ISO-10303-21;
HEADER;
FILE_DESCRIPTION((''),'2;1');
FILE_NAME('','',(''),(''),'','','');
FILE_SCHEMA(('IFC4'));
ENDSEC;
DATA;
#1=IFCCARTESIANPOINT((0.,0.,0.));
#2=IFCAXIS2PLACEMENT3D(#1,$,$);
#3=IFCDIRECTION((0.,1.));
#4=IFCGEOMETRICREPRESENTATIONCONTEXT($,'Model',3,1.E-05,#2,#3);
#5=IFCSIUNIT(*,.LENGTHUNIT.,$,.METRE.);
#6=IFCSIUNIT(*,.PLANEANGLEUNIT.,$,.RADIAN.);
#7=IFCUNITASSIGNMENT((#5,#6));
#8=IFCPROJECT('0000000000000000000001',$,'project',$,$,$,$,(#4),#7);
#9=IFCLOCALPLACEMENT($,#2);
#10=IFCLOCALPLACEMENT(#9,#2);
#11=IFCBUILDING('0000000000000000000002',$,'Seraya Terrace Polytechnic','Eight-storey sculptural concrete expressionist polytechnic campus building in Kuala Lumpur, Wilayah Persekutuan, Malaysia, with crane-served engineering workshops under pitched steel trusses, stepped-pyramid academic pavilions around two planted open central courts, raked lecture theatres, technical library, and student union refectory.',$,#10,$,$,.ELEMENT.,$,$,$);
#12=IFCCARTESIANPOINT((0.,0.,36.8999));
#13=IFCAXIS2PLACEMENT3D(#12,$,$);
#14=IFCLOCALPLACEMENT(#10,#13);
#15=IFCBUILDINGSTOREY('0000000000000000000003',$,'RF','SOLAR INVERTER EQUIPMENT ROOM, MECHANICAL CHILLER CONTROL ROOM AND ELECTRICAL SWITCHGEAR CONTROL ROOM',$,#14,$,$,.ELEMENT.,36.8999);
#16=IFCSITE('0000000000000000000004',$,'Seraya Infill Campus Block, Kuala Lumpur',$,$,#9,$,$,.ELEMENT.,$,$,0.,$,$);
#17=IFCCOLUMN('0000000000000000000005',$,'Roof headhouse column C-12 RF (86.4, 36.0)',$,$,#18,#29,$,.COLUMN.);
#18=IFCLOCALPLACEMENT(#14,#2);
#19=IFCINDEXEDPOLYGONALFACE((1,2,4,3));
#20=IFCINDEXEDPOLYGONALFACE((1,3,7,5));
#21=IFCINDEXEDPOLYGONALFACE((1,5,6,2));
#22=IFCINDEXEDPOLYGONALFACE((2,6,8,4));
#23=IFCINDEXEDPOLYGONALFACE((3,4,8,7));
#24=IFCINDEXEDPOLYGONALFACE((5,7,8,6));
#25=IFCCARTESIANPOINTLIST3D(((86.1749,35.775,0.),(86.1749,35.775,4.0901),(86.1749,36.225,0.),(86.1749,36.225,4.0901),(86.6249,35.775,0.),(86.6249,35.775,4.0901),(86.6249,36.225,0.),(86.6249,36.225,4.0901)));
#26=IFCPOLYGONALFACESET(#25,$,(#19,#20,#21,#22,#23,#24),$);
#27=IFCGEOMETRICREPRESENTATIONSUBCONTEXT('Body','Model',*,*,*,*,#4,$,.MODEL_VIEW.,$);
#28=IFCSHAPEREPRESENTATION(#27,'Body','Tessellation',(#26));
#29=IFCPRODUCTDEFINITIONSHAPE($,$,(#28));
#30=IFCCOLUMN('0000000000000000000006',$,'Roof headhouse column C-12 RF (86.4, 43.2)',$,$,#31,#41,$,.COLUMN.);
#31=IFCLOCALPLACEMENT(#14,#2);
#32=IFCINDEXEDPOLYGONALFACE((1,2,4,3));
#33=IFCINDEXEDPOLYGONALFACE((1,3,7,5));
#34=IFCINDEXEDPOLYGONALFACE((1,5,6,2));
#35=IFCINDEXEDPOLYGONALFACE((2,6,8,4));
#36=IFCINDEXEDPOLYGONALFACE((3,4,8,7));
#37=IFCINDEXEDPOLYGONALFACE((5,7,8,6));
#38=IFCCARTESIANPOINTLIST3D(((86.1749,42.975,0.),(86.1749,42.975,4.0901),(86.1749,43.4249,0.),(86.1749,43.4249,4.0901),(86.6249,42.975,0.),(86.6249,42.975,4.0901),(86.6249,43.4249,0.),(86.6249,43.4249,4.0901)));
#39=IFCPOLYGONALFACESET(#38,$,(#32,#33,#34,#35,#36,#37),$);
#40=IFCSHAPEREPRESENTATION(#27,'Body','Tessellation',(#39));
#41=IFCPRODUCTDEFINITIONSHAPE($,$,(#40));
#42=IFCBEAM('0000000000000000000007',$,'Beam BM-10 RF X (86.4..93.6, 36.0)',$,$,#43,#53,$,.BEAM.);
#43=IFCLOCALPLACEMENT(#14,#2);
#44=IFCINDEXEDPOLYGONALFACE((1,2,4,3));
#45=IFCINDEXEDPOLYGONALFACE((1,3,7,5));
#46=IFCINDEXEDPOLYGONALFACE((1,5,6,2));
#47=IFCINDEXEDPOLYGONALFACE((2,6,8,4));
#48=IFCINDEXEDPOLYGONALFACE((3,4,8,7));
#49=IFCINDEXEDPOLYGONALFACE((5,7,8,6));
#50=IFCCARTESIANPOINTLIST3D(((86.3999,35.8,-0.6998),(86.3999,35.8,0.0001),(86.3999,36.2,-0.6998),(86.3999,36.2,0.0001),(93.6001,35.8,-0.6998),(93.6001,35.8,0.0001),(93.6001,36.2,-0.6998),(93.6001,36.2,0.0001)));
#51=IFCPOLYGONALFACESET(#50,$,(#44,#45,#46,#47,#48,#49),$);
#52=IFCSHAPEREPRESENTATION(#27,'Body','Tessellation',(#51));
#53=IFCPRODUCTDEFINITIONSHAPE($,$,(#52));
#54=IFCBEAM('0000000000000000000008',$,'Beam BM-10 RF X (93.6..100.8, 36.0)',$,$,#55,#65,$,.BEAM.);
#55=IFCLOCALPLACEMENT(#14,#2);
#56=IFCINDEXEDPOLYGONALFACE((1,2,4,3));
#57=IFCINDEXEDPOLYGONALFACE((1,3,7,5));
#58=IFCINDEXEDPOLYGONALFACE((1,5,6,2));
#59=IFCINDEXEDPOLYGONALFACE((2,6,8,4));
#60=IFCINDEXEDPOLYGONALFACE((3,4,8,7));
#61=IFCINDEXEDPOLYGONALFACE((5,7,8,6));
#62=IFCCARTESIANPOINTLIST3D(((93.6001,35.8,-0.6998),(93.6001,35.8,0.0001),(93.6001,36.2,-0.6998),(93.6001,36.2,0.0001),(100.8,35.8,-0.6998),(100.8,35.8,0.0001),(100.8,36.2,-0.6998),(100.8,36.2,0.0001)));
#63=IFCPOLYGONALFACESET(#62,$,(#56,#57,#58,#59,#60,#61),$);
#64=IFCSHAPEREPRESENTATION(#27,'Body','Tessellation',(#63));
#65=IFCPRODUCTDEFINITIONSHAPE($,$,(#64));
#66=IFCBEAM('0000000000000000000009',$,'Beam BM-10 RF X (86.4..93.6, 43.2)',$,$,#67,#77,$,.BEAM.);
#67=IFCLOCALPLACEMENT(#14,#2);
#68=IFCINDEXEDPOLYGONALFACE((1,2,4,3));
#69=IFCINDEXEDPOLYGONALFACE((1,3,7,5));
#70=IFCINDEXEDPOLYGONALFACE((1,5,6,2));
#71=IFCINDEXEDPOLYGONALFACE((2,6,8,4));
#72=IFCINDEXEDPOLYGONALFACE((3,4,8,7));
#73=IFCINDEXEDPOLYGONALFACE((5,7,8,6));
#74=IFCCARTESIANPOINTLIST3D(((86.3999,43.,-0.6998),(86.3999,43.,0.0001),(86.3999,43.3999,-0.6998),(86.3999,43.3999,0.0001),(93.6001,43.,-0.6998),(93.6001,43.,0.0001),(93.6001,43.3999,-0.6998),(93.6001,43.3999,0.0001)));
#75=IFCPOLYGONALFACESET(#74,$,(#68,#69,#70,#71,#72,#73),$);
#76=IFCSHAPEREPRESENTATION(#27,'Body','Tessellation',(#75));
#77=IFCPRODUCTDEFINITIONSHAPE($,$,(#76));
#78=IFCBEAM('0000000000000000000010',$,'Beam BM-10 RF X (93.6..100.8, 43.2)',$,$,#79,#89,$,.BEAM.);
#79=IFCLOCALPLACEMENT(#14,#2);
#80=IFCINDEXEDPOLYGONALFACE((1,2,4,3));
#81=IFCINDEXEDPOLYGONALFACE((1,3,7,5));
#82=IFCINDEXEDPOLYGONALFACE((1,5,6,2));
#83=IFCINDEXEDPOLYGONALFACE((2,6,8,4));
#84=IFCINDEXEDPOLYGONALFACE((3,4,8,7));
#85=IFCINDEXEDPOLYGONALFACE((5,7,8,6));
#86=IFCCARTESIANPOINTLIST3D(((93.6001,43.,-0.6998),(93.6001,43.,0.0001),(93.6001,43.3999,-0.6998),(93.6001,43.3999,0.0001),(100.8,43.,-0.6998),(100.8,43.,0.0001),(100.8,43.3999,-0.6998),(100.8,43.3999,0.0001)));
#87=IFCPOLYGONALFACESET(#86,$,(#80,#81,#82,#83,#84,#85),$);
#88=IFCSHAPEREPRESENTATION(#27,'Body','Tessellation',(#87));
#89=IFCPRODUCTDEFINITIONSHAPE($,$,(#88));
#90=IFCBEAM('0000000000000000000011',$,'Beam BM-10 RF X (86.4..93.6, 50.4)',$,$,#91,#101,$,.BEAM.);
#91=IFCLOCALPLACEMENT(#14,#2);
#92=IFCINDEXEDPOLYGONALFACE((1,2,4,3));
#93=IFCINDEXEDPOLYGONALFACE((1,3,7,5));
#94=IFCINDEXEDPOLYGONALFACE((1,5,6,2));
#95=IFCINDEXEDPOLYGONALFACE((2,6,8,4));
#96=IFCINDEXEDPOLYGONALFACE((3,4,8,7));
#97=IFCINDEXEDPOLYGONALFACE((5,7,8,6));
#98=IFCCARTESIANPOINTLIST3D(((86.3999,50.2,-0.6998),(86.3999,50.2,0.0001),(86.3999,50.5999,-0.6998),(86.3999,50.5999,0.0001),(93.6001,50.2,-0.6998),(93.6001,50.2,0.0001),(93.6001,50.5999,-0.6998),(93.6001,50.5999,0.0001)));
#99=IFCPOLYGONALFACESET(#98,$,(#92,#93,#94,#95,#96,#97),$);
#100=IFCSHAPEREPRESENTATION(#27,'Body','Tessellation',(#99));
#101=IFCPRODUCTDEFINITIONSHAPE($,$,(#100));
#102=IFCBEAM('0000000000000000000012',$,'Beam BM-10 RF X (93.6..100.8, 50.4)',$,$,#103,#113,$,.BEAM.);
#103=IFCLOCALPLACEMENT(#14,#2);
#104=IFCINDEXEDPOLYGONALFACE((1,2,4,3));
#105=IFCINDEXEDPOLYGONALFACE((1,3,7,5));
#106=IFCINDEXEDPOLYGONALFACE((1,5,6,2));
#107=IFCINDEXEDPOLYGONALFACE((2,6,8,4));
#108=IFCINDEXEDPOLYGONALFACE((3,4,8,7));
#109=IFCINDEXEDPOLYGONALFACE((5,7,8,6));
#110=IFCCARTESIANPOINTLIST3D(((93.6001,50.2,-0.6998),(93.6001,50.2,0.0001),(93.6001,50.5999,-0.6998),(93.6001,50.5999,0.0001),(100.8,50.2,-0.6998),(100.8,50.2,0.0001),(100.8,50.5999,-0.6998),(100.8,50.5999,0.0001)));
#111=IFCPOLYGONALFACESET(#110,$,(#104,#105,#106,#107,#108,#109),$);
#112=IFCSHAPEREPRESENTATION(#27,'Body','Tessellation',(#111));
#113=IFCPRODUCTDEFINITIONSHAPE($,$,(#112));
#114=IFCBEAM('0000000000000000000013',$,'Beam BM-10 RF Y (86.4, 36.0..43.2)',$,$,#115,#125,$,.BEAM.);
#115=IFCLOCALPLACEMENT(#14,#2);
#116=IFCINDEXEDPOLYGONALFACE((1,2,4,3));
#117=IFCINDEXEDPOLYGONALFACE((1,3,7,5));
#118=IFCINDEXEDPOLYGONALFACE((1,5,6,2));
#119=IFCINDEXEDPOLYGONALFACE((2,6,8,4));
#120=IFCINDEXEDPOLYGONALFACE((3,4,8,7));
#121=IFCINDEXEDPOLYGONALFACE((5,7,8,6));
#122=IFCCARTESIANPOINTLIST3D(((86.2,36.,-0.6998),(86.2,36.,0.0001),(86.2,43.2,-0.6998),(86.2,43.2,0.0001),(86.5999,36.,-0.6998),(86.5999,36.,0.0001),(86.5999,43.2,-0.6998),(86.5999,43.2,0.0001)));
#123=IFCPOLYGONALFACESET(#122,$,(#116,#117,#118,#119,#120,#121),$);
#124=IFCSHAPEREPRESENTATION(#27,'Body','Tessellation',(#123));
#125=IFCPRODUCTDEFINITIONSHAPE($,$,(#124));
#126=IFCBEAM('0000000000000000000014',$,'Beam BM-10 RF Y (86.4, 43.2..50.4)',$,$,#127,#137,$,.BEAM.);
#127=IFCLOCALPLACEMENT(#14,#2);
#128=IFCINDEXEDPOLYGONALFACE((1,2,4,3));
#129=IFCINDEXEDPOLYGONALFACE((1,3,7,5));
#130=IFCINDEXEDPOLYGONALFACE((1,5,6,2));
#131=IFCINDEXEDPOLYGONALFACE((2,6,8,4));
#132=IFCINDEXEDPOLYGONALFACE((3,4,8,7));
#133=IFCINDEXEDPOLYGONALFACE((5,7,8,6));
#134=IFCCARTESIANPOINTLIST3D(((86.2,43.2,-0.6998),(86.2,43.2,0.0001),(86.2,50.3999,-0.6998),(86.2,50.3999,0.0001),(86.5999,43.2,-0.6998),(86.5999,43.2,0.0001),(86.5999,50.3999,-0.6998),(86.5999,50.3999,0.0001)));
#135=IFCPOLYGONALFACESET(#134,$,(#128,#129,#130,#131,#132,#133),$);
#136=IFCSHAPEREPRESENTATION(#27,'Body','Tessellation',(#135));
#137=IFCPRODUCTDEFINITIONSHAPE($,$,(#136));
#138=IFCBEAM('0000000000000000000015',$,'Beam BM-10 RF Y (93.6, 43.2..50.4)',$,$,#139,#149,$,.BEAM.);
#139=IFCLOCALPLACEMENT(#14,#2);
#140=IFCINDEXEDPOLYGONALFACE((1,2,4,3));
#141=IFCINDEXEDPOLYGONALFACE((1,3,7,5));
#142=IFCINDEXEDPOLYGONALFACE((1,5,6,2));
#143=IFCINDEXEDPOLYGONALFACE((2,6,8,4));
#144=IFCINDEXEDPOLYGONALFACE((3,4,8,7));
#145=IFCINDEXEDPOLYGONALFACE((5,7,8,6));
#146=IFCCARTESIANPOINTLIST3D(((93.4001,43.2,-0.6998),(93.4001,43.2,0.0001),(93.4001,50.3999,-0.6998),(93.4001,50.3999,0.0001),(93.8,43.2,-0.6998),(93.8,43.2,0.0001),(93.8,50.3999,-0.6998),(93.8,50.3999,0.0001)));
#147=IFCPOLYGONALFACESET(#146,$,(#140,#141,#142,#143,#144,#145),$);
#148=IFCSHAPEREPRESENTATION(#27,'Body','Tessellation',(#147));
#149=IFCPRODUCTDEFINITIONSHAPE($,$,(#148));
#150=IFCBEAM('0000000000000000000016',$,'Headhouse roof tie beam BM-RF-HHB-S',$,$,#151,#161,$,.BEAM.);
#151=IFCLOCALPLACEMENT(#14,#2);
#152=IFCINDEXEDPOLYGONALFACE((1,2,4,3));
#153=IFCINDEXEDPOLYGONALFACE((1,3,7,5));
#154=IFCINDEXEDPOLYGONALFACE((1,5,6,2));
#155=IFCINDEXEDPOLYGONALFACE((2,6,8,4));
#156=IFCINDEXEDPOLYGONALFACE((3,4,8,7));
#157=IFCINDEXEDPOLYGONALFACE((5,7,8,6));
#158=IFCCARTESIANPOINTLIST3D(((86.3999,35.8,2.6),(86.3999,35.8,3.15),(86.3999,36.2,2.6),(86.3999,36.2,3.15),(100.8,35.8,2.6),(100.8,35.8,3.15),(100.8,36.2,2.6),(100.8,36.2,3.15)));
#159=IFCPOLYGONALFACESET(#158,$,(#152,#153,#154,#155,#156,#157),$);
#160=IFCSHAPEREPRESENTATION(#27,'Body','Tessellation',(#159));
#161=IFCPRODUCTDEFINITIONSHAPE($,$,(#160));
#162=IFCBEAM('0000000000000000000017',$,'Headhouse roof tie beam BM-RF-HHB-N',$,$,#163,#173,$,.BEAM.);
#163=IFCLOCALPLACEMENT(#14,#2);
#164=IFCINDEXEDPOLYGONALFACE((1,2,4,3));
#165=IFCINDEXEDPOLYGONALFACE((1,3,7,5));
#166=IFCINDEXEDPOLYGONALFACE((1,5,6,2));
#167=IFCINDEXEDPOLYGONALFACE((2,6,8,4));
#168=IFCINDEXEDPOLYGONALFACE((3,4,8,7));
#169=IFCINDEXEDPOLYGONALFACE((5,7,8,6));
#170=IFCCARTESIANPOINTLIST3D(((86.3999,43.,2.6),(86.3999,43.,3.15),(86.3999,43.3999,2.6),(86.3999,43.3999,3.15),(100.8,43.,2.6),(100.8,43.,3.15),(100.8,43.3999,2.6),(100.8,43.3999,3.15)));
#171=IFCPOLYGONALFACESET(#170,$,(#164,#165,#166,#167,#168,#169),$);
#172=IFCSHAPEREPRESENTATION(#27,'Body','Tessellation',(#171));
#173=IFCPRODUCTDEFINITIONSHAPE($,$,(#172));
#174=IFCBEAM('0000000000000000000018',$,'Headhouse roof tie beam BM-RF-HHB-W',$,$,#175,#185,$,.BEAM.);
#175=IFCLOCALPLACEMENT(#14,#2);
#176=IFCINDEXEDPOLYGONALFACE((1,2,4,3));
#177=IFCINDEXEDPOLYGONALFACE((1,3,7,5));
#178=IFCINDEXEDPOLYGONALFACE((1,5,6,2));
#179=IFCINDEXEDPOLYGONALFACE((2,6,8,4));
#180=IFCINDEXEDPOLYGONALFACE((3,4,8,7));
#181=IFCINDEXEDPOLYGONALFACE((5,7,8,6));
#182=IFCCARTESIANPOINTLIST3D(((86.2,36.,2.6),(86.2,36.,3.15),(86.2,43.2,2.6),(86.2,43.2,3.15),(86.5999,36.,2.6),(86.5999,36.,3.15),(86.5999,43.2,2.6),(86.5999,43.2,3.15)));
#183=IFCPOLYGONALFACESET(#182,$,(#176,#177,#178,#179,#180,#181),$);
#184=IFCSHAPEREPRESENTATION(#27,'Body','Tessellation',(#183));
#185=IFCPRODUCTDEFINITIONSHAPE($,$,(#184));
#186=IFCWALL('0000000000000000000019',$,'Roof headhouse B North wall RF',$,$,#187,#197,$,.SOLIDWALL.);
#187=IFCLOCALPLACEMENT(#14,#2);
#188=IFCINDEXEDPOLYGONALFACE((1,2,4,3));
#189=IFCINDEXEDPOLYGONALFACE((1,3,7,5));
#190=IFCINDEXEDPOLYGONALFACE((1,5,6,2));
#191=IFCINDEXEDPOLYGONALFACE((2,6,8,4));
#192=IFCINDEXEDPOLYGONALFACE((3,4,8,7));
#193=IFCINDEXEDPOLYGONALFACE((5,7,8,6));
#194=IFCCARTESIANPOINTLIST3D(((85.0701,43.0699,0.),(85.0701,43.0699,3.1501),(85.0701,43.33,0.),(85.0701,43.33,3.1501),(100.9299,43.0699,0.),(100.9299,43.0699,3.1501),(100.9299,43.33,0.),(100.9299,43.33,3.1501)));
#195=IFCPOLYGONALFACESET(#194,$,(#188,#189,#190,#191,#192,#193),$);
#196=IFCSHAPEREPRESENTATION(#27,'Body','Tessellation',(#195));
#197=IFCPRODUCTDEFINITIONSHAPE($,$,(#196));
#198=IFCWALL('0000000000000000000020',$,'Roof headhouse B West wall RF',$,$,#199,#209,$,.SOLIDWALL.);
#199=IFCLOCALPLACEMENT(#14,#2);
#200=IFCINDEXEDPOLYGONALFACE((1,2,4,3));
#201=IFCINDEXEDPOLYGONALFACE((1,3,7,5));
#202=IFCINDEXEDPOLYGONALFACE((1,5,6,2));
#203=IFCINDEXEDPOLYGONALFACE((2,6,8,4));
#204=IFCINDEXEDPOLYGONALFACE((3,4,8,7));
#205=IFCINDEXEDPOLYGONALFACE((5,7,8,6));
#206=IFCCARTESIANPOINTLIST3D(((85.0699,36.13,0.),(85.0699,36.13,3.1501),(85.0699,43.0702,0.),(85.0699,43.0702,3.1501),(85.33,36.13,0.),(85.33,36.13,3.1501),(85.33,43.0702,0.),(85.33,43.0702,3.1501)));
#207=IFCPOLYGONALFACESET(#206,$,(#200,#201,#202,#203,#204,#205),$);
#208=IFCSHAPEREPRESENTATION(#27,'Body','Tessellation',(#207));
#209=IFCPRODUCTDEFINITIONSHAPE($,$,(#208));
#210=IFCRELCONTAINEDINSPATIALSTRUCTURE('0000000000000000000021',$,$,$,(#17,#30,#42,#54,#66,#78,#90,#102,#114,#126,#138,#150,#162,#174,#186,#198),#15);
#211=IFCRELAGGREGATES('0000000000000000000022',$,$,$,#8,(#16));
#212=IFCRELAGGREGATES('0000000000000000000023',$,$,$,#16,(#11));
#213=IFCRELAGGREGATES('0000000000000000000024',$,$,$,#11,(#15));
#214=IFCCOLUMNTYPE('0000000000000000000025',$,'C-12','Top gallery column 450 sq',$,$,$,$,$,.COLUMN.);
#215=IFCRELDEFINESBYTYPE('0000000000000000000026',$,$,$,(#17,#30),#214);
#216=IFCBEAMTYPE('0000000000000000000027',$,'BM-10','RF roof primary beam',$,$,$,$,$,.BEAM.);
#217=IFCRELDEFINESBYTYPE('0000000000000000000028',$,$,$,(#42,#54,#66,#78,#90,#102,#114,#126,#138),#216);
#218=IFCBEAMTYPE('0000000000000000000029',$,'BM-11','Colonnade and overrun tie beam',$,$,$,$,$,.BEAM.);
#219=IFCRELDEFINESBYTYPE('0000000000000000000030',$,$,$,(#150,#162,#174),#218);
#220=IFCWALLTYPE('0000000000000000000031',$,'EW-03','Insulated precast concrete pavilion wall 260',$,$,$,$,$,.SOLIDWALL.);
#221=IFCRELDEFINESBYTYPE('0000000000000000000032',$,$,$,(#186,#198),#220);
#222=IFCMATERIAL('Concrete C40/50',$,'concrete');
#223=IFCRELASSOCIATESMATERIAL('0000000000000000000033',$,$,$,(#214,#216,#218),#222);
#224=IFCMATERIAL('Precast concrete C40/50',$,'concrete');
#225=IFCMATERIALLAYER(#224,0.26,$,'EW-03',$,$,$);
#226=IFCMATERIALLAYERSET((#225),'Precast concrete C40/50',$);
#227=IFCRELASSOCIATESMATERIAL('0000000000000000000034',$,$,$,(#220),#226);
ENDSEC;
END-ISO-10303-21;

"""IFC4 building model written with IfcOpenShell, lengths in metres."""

from ifc_helpers import new_model, si_unit, direction, frame, frame_2d, origin, origin_2d, place, context, subcontext, project, spatial, rectangle, extrude, material, layer, layer_set, material_profile, profile_set, type_object, element, save


model = new_model("IFC4")

# Units and contexts
model_context = context("Model", 3, precision=1e-05, world=origin(), true_north=direction((0.0, 1.0)))
body_context = subcontext(model_context, "Body", "Model", "MODEL_VIEW")
ifc_project = project(units=[si_unit("LENGTHUNIT", "METRE"), si_unit("PLANEANGLEUNIT", "RADIAN")], contexts=[model_context])

# Site, building, storey
site_placement = place(None, origin())
site = spatial("IfcSite", under=ifc_project, at=site_placement, Name="Seraya Infill Campus Block, Kuala Lumpur", CompositionType="ELEMENT", RefElevation=0.0)
building_placement = place(site_placement, origin())
building = spatial("IfcBuilding", under=site, at=building_placement, Name="Seraya Terrace Polytechnic", Description="Eight-storey sculptural concrete expressionist polytechnic campus building in Kuala Lumpur, Wilayah Persekutuan, Malaysia, with crane-served engineering workshops under pitched steel trusses, stepped-pyramid academic pavilions around two planted open central courts, raked lecture theatres, technical library, and student union refectory.", CompositionType="ELEMENT")
storey_placement = place(building_placement, frame((0.0, 0.0, 36.8999)))
storey = spatial("IfcBuildingStorey", under=building, at=storey_placement, Name="RF", Description="SOLAR INVERTER EQUIPMENT ROOM, MECHANICAL CHILLER CONTROL ROOM AND ELECTRICAL SWITCHGEAR CONTROL ROOM", CompositionType="ELEMENT", Elevation=36.8999)

# Columns
ifc_material_1 = material(Name="Concrete C40/50", Category="concrete")
ifc_material_profile_1 = material_profile(ifc_material_1, rectangle(XDim=0.45, YDim=0.45, at=origin_2d()), Name="RC 450x450")
ifc_profile_set_1 = profile_set([ifc_material_profile_1], Name="Concrete C40/50")
column_type = type_object("IfcColumnType", Name="C-12", Description="Top gallery column 450 sq", PredefinedType="COLUMN", material=ifc_profile_set_1)
for number, where, z_axis, x_axis, name in (
    (1, (86.3999, 36.0, 0.0), (0.0, 0.0, 1.0), (1.0, 0.0, 0.0), "Roof headhouse column C-12 RF (86.4, 36.0)"),
    (2, (86.3999, 43.2, 0.0), (0.0, 0.0, 1.0), (1.0, 0.0, 0.0), "Roof headhouse column C-12 RF (86.4, 43.2)"),
):
    element("IfcColumn", number, at=place(storey_placement, frame(where, z_axis=z_axis, x_axis=x_axis)), inside=storey, type_object=column_type, Name=name, PredefinedType="COLUMN", context=body_context, shape_type="SweptSolid", body=[
        extrude(rectangle(XDim=0.45, YDim=0.45, at=origin_2d()), origin(), (0.0, 0.0, 1.0), 4.0901),
    ])

# Beams
ifc_material_profile_2 = material_profile(ifc_material_1, rectangle(XDim=0.3999, YDim=0.7, at=origin_2d()), Name="RC 400x700")
ifc_profile_set_2 = profile_set([ifc_material_profile_2], Name="Concrete C40/50")
beam_type_1 = type_object("IfcBeamType", Name="BM-10", Description="RF roof primary beam", PredefinedType="BEAM", material=ifc_profile_set_2)
beam_1_placement = place(storey_placement, frame((86.3999, 36.0, -0.3499), z_axis=(1.0, 0.0, 0.0), x_axis=(0.0, 1.0, 0.0)))
element("IfcBeam", 3, at=beam_1_placement, inside=storey, type_object=beam_type_1, Name="Beam BM-10 RF X (86.4..93.6, 36.0)", PredefinedType="BEAM", context=body_context, shape_type="SweptSolid", body=[
    extrude(rectangle(XDim=0.3999, YDim=0.7, at=origin_2d()), origin(), (0.0, 0.0, 1.0), 7.2002),
])
beam_2_placement = place(storey_placement, frame((93.6001, 36.0, -0.3499), z_axis=(1.0, 0.0, 0.0), x_axis=(0.0, 1.0, 0.0)))
element("IfcBeam", 4, at=beam_2_placement, inside=storey, type_object=beam_type_1, Name="Beam BM-10 RF X (93.6..100.8, 36.0)", PredefinedType="BEAM", context=body_context, shape_type="SweptSolid", body=[
    extrude(rectangle(XDim=0.3999, YDim=0.7, at=origin_2d()), origin(), (0.0, 0.0, 1.0), 7.2),
])
beam_3_placement = place(storey_placement, frame((86.3999, 43.2, -0.3499), z_axis=(1.0, 0.0, 0.0), x_axis=(0.0, 1.0, 0.0)))
element("IfcBeam", 5, at=beam_3_placement, inside=storey, type_object=beam_type_1, Name="Beam BM-10 RF X (86.4..93.6, 43.2)", PredefinedType="BEAM", context=body_context, shape_type="SweptSolid", body=[
    extrude(rectangle(XDim=0.3999, YDim=0.7, at=origin_2d()), origin(), (0.0, 0.0, 1.0), 7.2002),
])
beam_4_placement = place(storey_placement, frame((93.6001, 43.2, -0.3499), z_axis=(1.0, 0.0, 0.0), x_axis=(0.0, 1.0, 0.0)))
element("IfcBeam", 6, at=beam_4_placement, inside=storey, type_object=beam_type_1, Name="Beam BM-10 RF X (93.6..100.8, 43.2)", PredefinedType="BEAM", context=body_context, shape_type="SweptSolid", body=[
    extrude(rectangle(XDim=0.3999, YDim=0.7, at=origin_2d()), origin(), (0.0, 0.0, 1.0), 7.2),
])
beam_5_placement = place(storey_placement, frame((86.3999, 50.3999, -0.3499), z_axis=(1.0, 0.0, 0.0), x_axis=(0.0, 1.0, 0.0)))
element("IfcBeam", 7, at=beam_5_placement, inside=storey, type_object=beam_type_1, Name="Beam BM-10 RF X (86.4..93.6, 50.4)", PredefinedType="BEAM", context=body_context, shape_type="SweptSolid", body=[
    extrude(rectangle(XDim=0.3999, YDim=0.7, at=origin_2d()), origin(), (0.0, 0.0, 1.0), 7.2002),
])
for number, where, z_axis, x_axis, name in (
    (8, (93.6001, 50.3999, -0.3499), (1.0, 0.0, 0.0), (0.0, 1.0, 0.0), "Beam BM-10 RF X (93.6..100.8, 50.4)"),
    (9, (86.3999, 36.0, -0.3499), (0.0, 1.0, 0.0), (-1.0, 0.0, 0.0), "Beam BM-10 RF Y (86.4, 36.0..43.2)"),
    (10, (86.3999, 43.2, -0.3499), (0.0, 1.0, 0.0), (-1.0, 0.0, 0.0), "Beam BM-10 RF Y (86.4, 43.2..50.4)"),
    (11, (93.6001, 43.2, -0.3499), (0.0, 1.0, 0.0), (-1.0, 0.0, 0.0), "Beam BM-10 RF Y (93.6, 43.2..50.4)"),
):
    element("IfcBeam", number, at=place(storey_placement, frame(where, z_axis=z_axis, x_axis=x_axis)), inside=storey, type_object=beam_type_1, Name=name, PredefinedType="BEAM", context=body_context, shape_type="SweptSolid", body=[
        extrude(rectangle(XDim=0.3999, YDim=0.7, at=origin_2d()), origin(), (0.0, 0.0, 1.0), 7.2),
    ])
ifc_material_profile_3 = material_profile(ifc_material_1, rectangle(XDim=0.3999, YDim=0.55, at=origin_2d()), Name="RC 400x550")
ifc_profile_set_3 = profile_set([ifc_material_profile_3], Name="Concrete C40/50")
beam_type_2 = type_object("IfcBeamType", Name="BM-11", Description="Colonnade and overrun tie beam", PredefinedType="BEAM", material=ifc_profile_set_3)
for number, where, z_axis, x_axis, name in (
    (12, (86.3999, 36.0, 2.875), (1.0, 0.0, 0.0), (0.0, 1.0, 0.0), "Headhouse roof tie beam BM-RF-HHB-S"),
    (13, (86.3999, 43.2, 2.875), (1.0, 0.0, 0.0), (0.0, 1.0, 0.0), "Headhouse roof tie beam BM-RF-HHB-N"),
):
    element("IfcBeam", number, at=place(storey_placement, frame(where, z_axis=z_axis, x_axis=x_axis)), inside=storey, type_object=beam_type_2, Name=name, PredefinedType="BEAM", context=body_context, shape_type="SweptSolid", body=[
        extrude(rectangle(XDim=0.3999, YDim=0.55, at=origin_2d()), origin(), (0.0, 0.0, 1.0), 14.4001),
    ])
beam_6_placement = place(storey_placement, frame((86.3999, 36.0, 2.875), z_axis=(0.0, 1.0, 0.0), x_axis=(-1.0, 0.0, 0.0)))
element("IfcBeam", 14, at=beam_6_placement, inside=storey, type_object=beam_type_2, Name="Headhouse roof tie beam BM-RF-HHB-W", PredefinedType="BEAM", context=body_context, shape_type="SweptSolid", body=[
    extrude(rectangle(XDim=0.3999, YDim=0.55, at=origin_2d()), origin(), (0.0, 0.0, 1.0), 7.2),
])

# Walls
ifc_material_2 = material(Name="Precast concrete C40/50", Category="concrete")
ifc_layer_1 = layer(ifc_material_2, 0.26, Name="EW-03")
ifc_layer_set_1 = layer_set([ifc_layer_1], Name="Precast concrete C40/50")
wall_type_1 = type_object("IfcWallType", Name="EW-03", Description="Insulated precast concrete pavilion wall 260", PredefinedType="SOLIDWALL", material=ifc_layer_set_1)
wall_1_placement = place(storey_placement, frame((85.0701, 43.2, 0.0), z_axis=(0.0, 0.0, 1.0), x_axis=(1.0, 0.0, 0.0)))
element("IfcWall", 15, at=wall_1_placement, inside=storey, type_object=wall_type_1, Name="Roof headhouse B North wall RF", PredefinedType="SOLIDWALL", context=body_context, shape_type="SweptSolid", body=[
    extrude(rectangle(XDim=15.8599, YDim=0.26, at=frame_2d((7.9299, 0.0))), origin(), (0.0, 0.0, 1.0), 3.1501),
])
wall_2_placement = place(storey_placement, frame((85.2, 36.1299, 0.0), z_axis=(0.0, 0.0, 1.0), x_axis=(0.0, 1.0, 0.0)))
element("IfcWall", 16, at=wall_2_placement, inside=storey, type_object=wall_type_1, Name="Roof headhouse B West wall RF", PredefinedType="SOLIDWALL", context=body_context, shape_type="SweptSolid", body=[
    extrude(rectangle(XDim=6.9402, YDim=0.26, at=frame_2d((3.4702, 0.0))), origin(), (0.0, 0.0, 1.0), 3.1501),
])

save(model, "model.ifc")
